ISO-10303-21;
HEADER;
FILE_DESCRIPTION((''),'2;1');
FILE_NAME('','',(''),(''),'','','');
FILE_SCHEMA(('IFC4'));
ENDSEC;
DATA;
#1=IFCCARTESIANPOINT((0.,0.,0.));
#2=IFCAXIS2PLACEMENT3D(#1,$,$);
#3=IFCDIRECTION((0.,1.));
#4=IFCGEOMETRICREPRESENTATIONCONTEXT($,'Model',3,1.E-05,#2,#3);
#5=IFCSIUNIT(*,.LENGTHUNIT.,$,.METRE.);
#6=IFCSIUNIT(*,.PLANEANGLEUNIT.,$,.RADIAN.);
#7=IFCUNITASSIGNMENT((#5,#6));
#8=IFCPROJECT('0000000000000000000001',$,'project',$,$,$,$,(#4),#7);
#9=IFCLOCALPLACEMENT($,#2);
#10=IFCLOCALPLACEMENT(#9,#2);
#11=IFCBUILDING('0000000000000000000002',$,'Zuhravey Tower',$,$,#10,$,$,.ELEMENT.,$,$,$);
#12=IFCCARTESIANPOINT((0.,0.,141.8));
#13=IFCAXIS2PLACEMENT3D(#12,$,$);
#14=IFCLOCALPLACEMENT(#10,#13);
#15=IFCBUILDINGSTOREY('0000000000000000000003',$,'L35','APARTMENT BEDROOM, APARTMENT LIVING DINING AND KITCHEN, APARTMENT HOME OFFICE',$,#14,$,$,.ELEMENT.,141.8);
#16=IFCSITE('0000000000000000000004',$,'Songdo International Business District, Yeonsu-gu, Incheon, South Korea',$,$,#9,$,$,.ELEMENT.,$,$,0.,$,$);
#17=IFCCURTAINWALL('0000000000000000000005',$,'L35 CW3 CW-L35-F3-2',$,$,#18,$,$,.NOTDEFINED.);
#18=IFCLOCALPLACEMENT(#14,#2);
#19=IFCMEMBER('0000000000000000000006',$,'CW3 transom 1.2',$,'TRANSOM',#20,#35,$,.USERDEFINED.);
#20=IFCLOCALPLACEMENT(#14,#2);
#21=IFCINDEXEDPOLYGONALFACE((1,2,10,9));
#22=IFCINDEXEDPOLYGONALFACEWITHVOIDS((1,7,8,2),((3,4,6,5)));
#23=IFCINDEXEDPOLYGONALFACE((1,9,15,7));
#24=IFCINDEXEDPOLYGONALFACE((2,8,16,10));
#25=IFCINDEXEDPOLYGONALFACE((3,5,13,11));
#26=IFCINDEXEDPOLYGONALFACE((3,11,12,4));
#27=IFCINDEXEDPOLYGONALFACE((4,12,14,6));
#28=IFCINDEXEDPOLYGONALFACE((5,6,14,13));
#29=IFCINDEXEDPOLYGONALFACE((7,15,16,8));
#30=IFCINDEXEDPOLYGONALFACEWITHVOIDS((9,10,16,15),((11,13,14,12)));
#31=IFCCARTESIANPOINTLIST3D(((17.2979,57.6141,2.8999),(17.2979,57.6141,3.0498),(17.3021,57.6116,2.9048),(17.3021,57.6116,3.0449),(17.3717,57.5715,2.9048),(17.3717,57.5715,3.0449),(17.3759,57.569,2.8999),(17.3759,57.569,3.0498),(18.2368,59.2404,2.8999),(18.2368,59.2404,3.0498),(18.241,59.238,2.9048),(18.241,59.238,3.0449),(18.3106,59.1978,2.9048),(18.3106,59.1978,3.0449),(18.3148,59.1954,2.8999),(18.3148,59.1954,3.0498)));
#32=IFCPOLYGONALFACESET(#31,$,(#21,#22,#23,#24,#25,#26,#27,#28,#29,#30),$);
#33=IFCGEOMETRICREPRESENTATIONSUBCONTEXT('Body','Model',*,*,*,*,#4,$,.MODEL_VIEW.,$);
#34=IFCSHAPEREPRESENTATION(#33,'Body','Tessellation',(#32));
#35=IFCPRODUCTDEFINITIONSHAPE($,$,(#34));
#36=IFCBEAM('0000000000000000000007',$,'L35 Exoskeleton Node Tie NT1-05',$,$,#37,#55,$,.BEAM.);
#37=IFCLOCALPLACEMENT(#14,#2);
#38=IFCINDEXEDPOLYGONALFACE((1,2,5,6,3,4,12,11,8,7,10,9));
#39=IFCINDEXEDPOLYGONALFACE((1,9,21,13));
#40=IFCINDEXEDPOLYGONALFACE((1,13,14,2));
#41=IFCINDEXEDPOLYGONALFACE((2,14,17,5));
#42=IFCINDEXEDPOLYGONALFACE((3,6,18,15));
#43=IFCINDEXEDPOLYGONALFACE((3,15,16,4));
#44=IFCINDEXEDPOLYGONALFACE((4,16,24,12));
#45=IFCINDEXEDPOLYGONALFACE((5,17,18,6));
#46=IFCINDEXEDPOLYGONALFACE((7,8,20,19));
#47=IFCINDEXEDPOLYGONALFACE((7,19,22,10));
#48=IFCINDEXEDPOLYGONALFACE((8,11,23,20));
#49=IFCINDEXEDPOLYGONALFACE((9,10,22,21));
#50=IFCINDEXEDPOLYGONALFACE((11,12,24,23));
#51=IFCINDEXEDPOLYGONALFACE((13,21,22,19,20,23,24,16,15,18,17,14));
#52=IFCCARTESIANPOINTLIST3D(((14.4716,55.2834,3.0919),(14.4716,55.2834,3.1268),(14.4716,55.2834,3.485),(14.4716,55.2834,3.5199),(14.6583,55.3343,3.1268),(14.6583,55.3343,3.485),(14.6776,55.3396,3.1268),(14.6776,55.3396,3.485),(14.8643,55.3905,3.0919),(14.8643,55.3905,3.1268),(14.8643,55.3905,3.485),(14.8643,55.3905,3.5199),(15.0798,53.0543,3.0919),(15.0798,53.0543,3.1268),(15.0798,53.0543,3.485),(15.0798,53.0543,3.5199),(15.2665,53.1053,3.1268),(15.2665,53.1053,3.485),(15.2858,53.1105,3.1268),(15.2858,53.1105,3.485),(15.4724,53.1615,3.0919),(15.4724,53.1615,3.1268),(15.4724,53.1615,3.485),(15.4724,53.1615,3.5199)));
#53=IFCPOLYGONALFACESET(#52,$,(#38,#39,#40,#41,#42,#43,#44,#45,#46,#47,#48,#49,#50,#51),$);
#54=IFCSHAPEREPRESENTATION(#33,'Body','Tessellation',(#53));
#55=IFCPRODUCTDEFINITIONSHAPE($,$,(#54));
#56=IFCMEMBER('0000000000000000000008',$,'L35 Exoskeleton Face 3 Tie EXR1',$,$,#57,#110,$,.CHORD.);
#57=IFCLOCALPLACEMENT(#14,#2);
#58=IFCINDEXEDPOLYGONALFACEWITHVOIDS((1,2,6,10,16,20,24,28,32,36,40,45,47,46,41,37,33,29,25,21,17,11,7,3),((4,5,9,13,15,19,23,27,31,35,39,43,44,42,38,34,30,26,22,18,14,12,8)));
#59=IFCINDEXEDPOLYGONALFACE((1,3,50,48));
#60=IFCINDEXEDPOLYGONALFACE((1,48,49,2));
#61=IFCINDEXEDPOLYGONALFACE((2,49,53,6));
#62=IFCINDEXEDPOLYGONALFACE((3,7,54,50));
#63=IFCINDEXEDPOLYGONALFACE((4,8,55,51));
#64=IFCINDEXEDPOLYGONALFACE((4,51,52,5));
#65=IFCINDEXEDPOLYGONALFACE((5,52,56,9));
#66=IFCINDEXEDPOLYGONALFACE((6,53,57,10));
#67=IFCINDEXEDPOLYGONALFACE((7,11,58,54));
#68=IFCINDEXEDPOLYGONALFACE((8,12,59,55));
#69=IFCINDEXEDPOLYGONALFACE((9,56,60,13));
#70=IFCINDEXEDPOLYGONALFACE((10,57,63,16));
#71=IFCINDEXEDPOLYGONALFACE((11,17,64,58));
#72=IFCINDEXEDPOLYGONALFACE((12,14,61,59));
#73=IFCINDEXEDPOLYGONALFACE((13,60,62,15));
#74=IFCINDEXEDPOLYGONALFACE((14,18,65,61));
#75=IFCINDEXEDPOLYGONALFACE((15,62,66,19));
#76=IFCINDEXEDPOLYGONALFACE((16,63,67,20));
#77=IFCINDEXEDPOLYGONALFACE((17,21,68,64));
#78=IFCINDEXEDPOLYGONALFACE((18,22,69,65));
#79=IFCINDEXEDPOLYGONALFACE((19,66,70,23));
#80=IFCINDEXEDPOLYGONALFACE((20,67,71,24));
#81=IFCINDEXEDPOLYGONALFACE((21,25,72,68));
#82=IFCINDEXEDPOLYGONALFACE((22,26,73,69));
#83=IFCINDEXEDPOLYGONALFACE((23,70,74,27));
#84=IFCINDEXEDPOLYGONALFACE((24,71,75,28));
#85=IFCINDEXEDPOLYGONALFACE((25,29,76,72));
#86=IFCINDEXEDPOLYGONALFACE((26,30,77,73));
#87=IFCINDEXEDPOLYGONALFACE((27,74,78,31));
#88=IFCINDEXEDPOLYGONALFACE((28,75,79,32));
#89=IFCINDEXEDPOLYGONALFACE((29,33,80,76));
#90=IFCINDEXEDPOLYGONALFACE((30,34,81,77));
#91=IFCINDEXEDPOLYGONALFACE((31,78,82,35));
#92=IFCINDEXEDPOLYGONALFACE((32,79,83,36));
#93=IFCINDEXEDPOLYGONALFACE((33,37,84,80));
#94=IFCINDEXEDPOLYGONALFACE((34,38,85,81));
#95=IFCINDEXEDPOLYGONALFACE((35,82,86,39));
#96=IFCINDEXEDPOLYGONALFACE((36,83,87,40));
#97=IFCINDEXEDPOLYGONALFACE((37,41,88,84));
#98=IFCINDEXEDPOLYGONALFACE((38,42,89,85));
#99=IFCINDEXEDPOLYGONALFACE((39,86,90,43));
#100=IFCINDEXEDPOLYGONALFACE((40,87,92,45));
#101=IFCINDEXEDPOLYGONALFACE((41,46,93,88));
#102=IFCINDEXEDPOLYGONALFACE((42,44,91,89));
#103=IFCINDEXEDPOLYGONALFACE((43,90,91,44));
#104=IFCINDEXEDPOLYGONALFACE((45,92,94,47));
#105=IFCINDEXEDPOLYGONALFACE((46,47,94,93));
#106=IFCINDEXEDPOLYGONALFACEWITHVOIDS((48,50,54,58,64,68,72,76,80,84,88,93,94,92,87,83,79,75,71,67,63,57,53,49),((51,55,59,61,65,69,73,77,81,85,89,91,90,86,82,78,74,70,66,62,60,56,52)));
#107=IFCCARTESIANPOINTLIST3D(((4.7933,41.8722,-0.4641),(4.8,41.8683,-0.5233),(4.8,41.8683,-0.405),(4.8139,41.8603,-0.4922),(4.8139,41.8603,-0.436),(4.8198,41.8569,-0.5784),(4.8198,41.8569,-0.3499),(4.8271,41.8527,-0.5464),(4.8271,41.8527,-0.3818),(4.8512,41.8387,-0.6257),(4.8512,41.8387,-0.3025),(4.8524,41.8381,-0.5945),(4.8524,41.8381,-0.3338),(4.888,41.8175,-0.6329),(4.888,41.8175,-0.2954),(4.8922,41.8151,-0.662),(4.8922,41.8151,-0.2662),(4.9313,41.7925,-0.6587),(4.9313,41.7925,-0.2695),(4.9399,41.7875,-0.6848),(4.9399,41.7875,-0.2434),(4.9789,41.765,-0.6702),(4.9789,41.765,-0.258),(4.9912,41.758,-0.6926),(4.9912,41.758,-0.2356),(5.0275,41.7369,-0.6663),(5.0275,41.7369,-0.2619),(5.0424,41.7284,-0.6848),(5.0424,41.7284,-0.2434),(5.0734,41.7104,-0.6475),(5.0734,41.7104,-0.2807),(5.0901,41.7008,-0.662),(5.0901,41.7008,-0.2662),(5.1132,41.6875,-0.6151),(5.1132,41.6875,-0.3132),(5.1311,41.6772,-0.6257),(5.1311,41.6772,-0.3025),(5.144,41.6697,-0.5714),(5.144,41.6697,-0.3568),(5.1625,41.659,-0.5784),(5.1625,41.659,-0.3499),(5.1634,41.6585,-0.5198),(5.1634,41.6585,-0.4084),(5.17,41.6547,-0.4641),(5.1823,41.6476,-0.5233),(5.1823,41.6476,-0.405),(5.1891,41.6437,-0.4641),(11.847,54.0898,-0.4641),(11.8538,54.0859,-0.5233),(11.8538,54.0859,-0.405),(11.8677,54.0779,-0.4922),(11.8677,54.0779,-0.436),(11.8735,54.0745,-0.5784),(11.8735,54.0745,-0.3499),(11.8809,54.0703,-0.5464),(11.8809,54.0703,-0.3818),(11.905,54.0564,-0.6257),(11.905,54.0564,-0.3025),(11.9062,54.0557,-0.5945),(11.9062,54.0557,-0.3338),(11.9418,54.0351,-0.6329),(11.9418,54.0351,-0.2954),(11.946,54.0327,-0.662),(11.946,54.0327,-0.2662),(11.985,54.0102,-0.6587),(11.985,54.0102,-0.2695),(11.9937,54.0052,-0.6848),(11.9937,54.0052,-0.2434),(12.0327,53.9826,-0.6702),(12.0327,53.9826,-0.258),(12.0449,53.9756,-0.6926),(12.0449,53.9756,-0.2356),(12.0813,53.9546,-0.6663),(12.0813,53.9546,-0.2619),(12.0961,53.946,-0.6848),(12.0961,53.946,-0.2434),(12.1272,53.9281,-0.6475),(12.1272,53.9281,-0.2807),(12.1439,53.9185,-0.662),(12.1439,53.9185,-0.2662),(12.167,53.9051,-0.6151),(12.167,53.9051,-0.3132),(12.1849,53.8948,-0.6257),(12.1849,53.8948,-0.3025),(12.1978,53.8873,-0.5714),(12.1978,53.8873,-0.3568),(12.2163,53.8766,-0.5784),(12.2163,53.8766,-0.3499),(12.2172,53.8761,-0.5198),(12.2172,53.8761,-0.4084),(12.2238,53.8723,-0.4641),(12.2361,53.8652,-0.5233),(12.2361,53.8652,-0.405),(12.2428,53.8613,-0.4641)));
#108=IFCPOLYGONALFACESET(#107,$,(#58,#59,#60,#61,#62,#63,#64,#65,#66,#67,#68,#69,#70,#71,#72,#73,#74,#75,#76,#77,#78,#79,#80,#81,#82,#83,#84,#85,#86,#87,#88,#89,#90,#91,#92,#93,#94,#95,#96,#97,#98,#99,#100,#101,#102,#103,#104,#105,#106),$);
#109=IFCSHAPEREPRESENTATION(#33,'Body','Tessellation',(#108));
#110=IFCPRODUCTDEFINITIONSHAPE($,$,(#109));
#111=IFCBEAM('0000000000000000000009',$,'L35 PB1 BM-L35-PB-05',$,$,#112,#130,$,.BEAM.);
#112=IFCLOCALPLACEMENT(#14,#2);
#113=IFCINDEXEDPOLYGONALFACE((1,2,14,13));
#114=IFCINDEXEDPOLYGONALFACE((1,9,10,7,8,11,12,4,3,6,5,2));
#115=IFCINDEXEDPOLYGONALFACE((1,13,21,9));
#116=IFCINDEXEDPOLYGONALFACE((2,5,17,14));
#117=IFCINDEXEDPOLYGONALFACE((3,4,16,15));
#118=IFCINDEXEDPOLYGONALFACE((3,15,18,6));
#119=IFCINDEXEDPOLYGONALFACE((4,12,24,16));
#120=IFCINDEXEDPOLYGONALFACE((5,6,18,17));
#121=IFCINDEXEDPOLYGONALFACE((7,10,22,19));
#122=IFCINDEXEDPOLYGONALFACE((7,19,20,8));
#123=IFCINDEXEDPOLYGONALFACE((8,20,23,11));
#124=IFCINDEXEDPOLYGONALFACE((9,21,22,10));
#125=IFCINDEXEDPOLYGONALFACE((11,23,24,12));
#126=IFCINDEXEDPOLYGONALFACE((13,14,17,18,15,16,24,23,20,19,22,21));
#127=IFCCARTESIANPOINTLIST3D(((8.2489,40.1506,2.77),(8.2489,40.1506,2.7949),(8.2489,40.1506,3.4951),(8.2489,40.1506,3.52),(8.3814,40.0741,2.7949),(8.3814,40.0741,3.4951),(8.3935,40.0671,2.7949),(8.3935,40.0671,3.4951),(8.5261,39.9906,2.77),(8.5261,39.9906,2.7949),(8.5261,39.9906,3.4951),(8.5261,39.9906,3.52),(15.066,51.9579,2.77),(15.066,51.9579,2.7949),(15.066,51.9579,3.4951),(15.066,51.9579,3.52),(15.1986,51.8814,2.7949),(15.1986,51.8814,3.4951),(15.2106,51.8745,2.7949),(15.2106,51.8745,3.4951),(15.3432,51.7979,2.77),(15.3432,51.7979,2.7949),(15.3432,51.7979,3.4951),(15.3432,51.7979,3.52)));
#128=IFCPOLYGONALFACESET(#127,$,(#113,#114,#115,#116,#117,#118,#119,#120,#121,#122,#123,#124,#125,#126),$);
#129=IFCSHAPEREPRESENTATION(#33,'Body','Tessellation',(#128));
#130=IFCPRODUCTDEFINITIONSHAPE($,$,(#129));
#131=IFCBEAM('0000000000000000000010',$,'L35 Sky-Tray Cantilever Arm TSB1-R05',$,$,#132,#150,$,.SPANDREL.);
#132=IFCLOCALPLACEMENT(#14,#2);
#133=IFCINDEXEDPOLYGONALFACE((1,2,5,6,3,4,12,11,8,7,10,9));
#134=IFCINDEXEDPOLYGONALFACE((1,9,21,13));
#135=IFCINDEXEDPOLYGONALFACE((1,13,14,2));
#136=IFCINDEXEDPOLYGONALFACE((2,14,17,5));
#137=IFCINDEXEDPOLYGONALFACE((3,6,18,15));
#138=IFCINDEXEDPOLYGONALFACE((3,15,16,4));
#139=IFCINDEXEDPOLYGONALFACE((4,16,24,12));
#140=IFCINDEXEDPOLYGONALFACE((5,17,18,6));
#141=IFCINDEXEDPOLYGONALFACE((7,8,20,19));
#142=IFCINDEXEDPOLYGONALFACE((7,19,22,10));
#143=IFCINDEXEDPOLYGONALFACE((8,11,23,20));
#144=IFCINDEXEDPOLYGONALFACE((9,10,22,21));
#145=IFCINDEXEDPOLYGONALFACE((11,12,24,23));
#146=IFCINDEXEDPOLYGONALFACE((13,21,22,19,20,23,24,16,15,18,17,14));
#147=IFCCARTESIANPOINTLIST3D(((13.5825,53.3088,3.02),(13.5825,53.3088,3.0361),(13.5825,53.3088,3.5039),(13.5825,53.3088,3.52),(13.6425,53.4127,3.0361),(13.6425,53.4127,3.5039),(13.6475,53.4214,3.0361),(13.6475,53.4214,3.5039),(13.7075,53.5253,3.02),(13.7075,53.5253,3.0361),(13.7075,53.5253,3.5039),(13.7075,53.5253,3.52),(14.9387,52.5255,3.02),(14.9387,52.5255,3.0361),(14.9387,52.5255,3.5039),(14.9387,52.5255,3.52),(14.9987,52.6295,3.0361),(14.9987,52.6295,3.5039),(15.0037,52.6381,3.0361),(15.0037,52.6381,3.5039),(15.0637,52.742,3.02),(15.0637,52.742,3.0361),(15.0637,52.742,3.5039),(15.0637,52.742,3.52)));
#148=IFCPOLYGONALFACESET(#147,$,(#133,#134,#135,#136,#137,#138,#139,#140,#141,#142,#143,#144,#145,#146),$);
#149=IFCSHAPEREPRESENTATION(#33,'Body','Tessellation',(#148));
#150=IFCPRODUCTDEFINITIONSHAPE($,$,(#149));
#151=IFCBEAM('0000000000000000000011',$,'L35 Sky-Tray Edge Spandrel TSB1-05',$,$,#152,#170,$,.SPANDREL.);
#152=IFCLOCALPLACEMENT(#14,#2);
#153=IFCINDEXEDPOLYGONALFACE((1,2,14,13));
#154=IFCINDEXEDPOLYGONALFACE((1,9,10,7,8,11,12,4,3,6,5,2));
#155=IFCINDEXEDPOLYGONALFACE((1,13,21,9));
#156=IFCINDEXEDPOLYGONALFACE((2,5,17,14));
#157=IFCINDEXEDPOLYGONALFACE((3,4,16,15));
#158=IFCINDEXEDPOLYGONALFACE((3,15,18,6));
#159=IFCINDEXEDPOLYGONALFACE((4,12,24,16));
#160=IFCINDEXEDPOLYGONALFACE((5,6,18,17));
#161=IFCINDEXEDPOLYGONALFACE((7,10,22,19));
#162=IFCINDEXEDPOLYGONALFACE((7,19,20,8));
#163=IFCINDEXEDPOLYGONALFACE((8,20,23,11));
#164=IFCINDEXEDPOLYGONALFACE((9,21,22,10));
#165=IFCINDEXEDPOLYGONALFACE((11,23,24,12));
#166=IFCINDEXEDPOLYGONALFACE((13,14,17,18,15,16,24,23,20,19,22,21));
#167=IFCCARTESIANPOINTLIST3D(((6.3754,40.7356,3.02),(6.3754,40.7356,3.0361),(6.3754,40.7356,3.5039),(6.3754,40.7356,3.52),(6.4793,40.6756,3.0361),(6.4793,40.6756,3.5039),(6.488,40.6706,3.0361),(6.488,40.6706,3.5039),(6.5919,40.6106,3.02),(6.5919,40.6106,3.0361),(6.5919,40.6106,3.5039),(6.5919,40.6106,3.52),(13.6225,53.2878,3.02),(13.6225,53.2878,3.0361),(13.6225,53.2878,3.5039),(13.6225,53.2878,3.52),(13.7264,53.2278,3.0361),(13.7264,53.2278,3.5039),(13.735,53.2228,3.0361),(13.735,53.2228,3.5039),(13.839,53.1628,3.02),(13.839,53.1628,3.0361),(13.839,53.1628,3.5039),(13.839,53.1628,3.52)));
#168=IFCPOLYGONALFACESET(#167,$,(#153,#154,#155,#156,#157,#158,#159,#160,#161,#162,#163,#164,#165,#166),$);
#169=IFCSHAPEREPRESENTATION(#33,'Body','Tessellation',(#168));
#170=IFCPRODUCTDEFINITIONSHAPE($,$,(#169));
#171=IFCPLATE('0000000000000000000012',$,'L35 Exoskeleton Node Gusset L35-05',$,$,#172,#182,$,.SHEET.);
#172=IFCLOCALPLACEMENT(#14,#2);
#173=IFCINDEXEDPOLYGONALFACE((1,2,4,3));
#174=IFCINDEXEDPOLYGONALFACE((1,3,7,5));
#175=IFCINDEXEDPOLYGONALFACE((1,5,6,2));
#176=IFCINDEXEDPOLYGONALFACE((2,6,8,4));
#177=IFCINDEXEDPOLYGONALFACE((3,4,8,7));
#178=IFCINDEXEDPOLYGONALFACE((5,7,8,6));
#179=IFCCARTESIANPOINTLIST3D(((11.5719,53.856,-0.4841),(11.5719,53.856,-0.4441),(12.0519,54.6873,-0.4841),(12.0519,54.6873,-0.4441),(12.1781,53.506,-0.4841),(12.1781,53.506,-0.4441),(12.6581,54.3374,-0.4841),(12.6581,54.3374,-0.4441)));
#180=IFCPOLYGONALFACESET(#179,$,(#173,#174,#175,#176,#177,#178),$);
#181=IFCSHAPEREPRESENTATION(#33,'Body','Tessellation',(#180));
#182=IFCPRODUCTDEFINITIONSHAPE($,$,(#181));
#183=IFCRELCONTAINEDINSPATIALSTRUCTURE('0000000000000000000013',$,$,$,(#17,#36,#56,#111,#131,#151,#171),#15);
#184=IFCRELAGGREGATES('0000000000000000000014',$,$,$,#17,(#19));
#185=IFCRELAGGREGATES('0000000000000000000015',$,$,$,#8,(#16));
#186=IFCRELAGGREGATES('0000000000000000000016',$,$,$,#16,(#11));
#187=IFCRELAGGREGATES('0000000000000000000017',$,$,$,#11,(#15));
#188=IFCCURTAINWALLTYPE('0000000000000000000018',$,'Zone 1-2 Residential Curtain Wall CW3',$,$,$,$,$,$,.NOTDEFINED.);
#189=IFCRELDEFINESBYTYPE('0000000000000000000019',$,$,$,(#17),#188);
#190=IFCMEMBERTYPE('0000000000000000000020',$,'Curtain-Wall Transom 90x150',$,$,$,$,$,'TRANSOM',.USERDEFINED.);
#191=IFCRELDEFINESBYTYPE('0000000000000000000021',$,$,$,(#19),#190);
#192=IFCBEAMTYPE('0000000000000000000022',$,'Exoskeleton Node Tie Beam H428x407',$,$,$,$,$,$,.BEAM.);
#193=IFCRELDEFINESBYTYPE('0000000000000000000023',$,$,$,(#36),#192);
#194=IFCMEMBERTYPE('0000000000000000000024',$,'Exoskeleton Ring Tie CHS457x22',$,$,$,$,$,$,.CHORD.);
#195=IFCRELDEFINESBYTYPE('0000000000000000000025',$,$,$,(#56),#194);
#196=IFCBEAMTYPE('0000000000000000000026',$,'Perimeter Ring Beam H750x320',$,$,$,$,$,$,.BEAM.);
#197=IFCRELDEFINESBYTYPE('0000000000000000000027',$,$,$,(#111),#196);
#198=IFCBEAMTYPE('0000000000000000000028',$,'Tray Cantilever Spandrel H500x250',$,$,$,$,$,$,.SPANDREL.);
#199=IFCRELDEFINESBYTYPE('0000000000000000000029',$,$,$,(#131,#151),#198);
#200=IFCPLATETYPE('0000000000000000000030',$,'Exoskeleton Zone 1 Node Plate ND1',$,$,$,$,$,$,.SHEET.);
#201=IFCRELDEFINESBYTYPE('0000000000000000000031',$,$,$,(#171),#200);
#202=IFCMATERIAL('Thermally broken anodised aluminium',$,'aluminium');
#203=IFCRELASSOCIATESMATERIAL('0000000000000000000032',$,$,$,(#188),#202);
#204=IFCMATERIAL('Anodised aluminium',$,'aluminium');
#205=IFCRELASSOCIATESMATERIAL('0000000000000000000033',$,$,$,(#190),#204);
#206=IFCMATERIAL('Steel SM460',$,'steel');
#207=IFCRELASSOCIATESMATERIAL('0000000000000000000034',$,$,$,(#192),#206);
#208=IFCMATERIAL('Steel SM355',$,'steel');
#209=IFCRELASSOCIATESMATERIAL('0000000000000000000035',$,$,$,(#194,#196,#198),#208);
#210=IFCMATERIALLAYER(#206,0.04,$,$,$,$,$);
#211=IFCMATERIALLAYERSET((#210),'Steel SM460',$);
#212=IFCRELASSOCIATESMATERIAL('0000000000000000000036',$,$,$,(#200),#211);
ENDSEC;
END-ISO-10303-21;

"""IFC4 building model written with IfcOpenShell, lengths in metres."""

from ifc_helpers import new_model, si_unit, direction, frame, origin, origin_2d, place, context, subcontext, project, spatial, rectangle, hollow_rectangle, hollow_circle, i_section, extrude, material, layer, layer_set, material_profile, profile_set, type_object, element, aggregate, save


model = new_model("IFC4")

# Units and contexts
model_context = context("Model", 3, precision=1e-05, world=origin(), true_north=direction((0.0, 1.0)))
body_context = subcontext(model_context, "Body", "Model", "MODEL_VIEW")
ifc_project = project(units=[si_unit("LENGTHUNIT", "METRE"), si_unit("PLANEANGLEUNIT", "RADIAN")], contexts=[model_context])

# Site, building, storey
site_placement = place(None, origin())
site = spatial("IfcSite", under=ifc_project, at=site_placement, Name="Songdo International Business District, Yeonsu-gu, Incheon, South Korea", CompositionType="ELEMENT", RefElevation=0.0)
building_placement = place(site_placement, origin())
building = spatial("IfcBuilding", under=site, at=building_placement, Name="Zuhravey Tower", CompositionType="ELEMENT")
storey_placement = place(building_placement, frame((0.0, 0.0, 141.8)))
storey = spatial("IfcBuildingStorey", under=building, at=storey_placement, Name="L35", Description="APARTMENT BEDROOM, APARTMENT LIVING DINING AND KITCHEN, APARTMENT HOME OFFICE", CompositionType="ELEMENT", Elevation=141.8)

# Curtain wall
ifc_material_1 = material(Name="Thermally broken anodised aluminium", Category="aluminium")
curtain_wall_type = type_object("IfcCurtainWallType", Name="Zone 1-2 Residential Curtain Wall CW3", PredefinedType="NOTDEFINED", material=ifc_material_1)
ifc_material_2 = material(Name="Anodised aluminium", Category="aluminium")
curtain_wall_1_placement = place(storey_placement, origin())
curtain_wall_1 = element("IfcCurtainWall", 1, at=curtain_wall_1_placement, inside=storey, type_object=curtain_wall_type, Name="L35 CW3 CW-L35-F3-2", PredefinedType="NOTDEFINED")

# Member
ifc_material_profile_1 = material_profile(ifc_material_2, hollow_rectangle(XDim=0.0901, YDim=0.1499, WallThickness=0.0049, at=origin_2d()), Name="ALU-RHS-90x150x5")
ifc_profile_set_1 = profile_set([ifc_material_profile_1], Name="Anodised aluminium")
member_type_1 = type_object("IfcMemberType", Name="Curtain-Wall Transom 90x150", ElementType="TRANSOM", PredefinedType="USERDEFINED", material=ifc_profile_set_1)
member_1_placement = place(storey_placement, frame((17.3369, 57.5916, 2.9749), z_axis=(0.49997, 0.866043, 0.0), x_axis=(-0.866043, 0.49997, 0.0)))
member_1 = element("IfcMember", 2, at=member_1_placement, type_object=member_type_1, Name="CW3 transom 1.2", ObjectType="TRANSOM", PredefinedType="USERDEFINED", context=body_context, shape_type="SweptSolid", body=[
    extrude(hollow_rectangle(XDim=0.0901, YDim=0.1499, WallThickness=0.0049, at=origin_2d()), origin(), (0.0, 0.0, 1.0), 1.8779),
])

# Beam
ifc_material_3 = material(Name="Steel SM460", Category="steel")
ifc_material_profile_2 = material_profile(ifc_material_3, i_section(OverallWidth=0.407, OverallDepth=0.428, WebThickness=0.02, FlangeThickness=0.0349, at=origin_2d()), Name="H-428x407x20x35")
ifc_profile_set_2 = profile_set([ifc_material_profile_2], Name="Steel SM460")
beam_type_1 = type_object("IfcBeamType", Name="Exoskeleton Node Tie Beam H428x407", PredefinedType="BEAM", material=ifc_profile_set_2)
beam_1_placement = place(storey_placement, frame((15.2761, 53.1079, 3.3059), z_axis=(-0.263216, 0.964737, 0.0), x_axis=(-0.964737, -0.263216, 0.0)))
element("IfcBeam", 3, at=beam_1_placement, inside=storey, type_object=beam_type_1, Name="L35 Exoskeleton Node Tie NT1-05", PredefinedType="BEAM", context=body_context, shape_type="SweptSolid", body=[
    extrude(i_section(OverallWidth=0.407, OverallDepth=0.428, WebThickness=0.02, FlangeThickness=0.0349, at=origin_2d()), origin(), (0.0, 0.0, 1.0), 2.3105),
])

# Member
ifc_material_4 = material(Name="Steel SM355", Category="steel")
ifc_material_profile_3 = material_profile(ifc_material_4, hollow_circle(Radius=0.2285, WallThickness=0.022, at=origin_2d()), Name="CHS-457.2x22")
ifc_profile_set_3 = profile_set([ifc_material_profile_3], Name="Steel SM355")
member_type_2 = type_object("IfcMemberType", Name="Exoskeleton Ring Tie CHS457x22", PredefinedType="CHORD", material=ifc_profile_set_3)
member_2_placement = place(storey_placement, frame((12.0449, 53.9756, -0.4641), z_axis=(-0.499996, -0.866028, 0.0), x_axis=(0.866028, -0.499996, 0.0)))
element("IfcMember", 4, at=member_2_placement, inside=storey, type_object=member_type_2, Name="L35 Exoskeleton Face 3 Tie EXR1", PredefinedType="CHORD", context=body_context, shape_type="SweptSolid", body=[
    extrude(hollow_circle(Radius=0.2285, WallThickness=0.022, at=origin_2d()), origin(), (0.0, 0.0, 1.0), 14.1077),
])

# Beams
ifc_material_profile_4 = material_profile(ifc_material_4, i_section(OverallWidth=0.3201, OverallDepth=0.75, WebThickness=0.0139, FlangeThickness=0.0249, at=origin_2d()), Name="H-750x320x14x25")
ifc_profile_set_4 = profile_set([ifc_material_profile_4], Name="Steel SM355")
beam_type_2 = type_object("IfcBeamType", Name="Perimeter Ring Beam H750x320", PredefinedType="BEAM", material=ifc_profile_set_4)
beam_2_placement = place(storey_placement, frame((15.2046, 51.8779, 3.145), z_axis=(-0.500008, -0.866021, 0.0), x_axis=(0.866021, -0.500008, 0.0)))
element("IfcBeam", 5, at=beam_2_placement, inside=storey, type_object=beam_type_2, Name="L35 PB1 BM-L35-PB-05", PredefinedType="BEAM", context=body_context, shape_type="SweptSolid", body=[
    extrude(i_section(OverallWidth=0.3201, OverallDepth=0.75, WebThickness=0.0139, FlangeThickness=0.0249, at=origin_2d()), origin(), (0.0, 0.0, 1.0), 13.634),
])
ifc_material_profile_5 = material_profile(ifc_material_4, i_section(OverallWidth=0.25, OverallDepth=0.5, WebThickness=0.01, FlangeThickness=0.0161, at=origin_2d()), Name="H-500x250x10x16")
ifc_profile_set_5 = profile_set([ifc_material_profile_5], Name="Steel SM355")
beam_type_3 = type_object("IfcBeamType", Name="Tray Cantilever Spandrel H500x250", PredefinedType="SPANDREL", material=ifc_profile_set_5)
beam_3_placement = place(storey_placement, frame((15.0012, 52.6338, 3.27), z_axis=(-0.86597, 0.500096, 0.0), x_axis=(-0.500096, -0.86597, 0.0)))
element("IfcBeam", 6, at=beam_3_placement, inside=storey, type_object=beam_type_3, Name="L35 Sky-Tray Cantilever Arm TSB1-R05", PredefinedType="SPANDREL", context=body_context, shape_type="SweptSolid", body=[
    extrude(i_section(OverallWidth=0.25, OverallDepth=0.5, WebThickness=0.01, FlangeThickness=0.0161, at=origin_2d()), origin(), (0.0, 0.0, 1.0), 1.5662),
])
beam_4_placement = place(storey_placement, frame((13.7307, 53.2253, 3.27), z_axis=(-0.500001, -0.866025, 0.0), x_axis=(0.866025, -0.500001, 0.0)))
element("IfcBeam", 7, at=beam_4_placement, inside=storey, type_object=beam_type_3, Name="L35 Sky-Tray Edge Spandrel TSB1-05", PredefinedType="SPANDREL", context=body_context, shape_type="SweptSolid", body=[
    extrude(i_section(OverallWidth=0.25, OverallDepth=0.5, WebThickness=0.01, FlangeThickness=0.0161, at=origin_2d()), origin(), (0.0, 0.0, 1.0), 14.4941),
])

# Plate
ifc_layer_1 = layer(ifc_material_3, 0.04)
ifc_layer_set_1 = layer_set([ifc_layer_1], Name="Steel SM460")
plate_type_1 = type_object("IfcPlateType", Name="Exoskeleton Zone 1 Node Plate ND1", PredefinedType="SHEET", material=ifc_layer_set_1)
plate_1_placement = place(storey_placement, frame((12.115, 54.0967, -0.4841), z_axis=(0.0, 0.0, 1.0), x_axis=(-0.5, -0.866025, 0.0)))
element("IfcPlate", 8, at=plate_1_placement, inside=storey, type_object=plate_type_1, Name="L35 Exoskeleton Node Gusset L35-05", PredefinedType="SHEET", context=body_context, shape_type="SweptSolid", body=[
    extrude(rectangle(XDim=0.96, YDim=0.7, at=origin_2d()), origin(), (0.0, 0.0, 1.0), 0.04),
])
aggregate(curtain_wall_1, [member_1])

save(model, "model.ifc")
